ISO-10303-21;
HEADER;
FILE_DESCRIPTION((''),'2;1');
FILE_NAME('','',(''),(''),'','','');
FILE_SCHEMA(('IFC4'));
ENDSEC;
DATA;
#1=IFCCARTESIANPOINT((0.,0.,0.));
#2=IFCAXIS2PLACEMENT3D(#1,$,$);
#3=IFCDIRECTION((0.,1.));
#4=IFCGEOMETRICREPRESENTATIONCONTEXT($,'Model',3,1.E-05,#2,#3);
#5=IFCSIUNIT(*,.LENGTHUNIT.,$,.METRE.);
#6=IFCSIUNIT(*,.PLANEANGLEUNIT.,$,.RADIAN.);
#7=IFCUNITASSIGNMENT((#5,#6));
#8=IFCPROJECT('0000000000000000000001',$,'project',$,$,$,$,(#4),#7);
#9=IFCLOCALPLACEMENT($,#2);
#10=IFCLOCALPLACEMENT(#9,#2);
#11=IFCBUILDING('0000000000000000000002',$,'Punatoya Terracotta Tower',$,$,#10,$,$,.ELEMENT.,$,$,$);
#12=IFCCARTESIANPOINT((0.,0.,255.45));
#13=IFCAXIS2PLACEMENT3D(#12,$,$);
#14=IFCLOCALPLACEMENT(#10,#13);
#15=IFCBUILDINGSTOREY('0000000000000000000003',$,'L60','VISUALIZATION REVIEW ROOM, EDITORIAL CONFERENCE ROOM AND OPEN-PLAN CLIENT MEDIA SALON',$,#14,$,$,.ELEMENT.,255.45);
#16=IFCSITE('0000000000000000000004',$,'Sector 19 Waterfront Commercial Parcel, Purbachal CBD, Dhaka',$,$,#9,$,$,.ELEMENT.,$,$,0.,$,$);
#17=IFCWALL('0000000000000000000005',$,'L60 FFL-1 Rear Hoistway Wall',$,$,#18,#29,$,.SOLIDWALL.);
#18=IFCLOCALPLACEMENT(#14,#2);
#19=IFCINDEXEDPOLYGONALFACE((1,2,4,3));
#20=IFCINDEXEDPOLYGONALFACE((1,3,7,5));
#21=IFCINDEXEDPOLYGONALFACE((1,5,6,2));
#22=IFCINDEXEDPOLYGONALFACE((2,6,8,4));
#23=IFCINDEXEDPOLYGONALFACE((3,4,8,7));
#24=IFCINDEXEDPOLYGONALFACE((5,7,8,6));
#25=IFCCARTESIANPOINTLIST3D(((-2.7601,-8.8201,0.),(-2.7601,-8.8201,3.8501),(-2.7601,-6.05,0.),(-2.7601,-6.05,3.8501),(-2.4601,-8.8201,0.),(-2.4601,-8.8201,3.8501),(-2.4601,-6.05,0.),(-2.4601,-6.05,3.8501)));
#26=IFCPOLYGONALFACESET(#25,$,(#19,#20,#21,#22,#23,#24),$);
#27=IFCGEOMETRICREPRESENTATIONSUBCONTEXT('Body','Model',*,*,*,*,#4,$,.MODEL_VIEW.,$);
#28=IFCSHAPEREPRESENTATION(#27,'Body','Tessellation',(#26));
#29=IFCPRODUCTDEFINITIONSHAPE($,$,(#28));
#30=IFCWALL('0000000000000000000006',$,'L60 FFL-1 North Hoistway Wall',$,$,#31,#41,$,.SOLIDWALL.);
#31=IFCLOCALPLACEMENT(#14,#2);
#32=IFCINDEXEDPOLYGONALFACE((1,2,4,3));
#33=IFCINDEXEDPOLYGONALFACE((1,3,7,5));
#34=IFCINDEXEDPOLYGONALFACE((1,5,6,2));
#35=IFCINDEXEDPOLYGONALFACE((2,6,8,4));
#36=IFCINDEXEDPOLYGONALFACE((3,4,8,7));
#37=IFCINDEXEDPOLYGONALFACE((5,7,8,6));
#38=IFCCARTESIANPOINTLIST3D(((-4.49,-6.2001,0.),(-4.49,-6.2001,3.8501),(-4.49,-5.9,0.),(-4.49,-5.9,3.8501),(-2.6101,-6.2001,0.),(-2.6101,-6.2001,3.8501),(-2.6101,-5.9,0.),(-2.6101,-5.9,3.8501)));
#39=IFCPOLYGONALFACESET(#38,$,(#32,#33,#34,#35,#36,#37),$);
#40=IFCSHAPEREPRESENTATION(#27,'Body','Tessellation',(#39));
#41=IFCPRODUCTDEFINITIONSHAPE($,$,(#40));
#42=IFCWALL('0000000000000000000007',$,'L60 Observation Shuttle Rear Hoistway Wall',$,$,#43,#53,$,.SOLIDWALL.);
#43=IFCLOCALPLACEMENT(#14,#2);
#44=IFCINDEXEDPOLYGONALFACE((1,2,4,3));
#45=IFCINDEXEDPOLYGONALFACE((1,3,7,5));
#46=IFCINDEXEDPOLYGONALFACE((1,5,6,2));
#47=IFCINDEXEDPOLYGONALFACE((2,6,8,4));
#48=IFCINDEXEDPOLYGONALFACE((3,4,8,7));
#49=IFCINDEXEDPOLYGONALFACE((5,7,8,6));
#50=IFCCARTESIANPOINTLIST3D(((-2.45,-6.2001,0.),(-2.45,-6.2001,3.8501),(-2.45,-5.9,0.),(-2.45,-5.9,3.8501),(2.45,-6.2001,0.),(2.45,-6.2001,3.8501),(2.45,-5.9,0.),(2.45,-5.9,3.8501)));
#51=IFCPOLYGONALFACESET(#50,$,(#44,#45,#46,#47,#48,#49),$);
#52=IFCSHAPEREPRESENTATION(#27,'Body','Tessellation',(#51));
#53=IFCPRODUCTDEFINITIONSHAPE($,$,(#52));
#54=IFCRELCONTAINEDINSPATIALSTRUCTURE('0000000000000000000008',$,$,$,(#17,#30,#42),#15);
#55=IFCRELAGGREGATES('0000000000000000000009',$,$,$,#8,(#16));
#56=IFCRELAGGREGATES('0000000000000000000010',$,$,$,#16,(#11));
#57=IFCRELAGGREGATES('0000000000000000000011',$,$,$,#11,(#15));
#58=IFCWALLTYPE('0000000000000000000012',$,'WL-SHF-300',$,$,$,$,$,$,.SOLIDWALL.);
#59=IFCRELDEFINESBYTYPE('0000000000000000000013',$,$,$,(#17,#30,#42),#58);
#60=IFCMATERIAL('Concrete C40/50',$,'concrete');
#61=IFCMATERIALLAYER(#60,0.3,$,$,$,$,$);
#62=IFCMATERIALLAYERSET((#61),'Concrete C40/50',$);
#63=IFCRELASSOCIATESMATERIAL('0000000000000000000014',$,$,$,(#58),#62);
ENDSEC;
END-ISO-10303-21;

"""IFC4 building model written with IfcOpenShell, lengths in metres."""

from ifc_helpers import new_model, si_unit, direction, frame, frame_2d, origin, place, context, subcontext, project, spatial, rectangle, extrude, material, layer, layer_set, type_object, element, save


model = new_model("IFC4")

# Units and contexts
model_context = context("Model", 3, precision=1e-05, world=origin(), true_north=direction((0.0, 1.0)))
body_context = subcontext(model_context, "Body", "Model", "MODEL_VIEW")
ifc_project = project(units=[si_unit("LENGTHUNIT", "METRE"), si_unit("PLANEANGLEUNIT", "RADIAN")], contexts=[model_context])

# Site, building, storey
site_placement = place(None, origin())
site = spatial("IfcSite", under=ifc_project, at=site_placement, Name="Sector 19 Waterfront Commercial Parcel, Purbachal CBD, Dhaka", CompositionType="ELEMENT", RefElevation=0.0)
building_placement = place(site_placement, origin())
building = spatial("IfcBuilding", under=site, at=building_placement, Name="Punatoya Terracotta Tower", CompositionType="ELEMENT")
storey_placement = place(building_placement, frame((0.0, 0.0, 255.45)))
storey = spatial("IfcBuildingStorey", under=building, at=storey_placement, Name="L60", Description="VISUALIZATION REVIEW ROOM, EDITORIAL CONFERENCE ROOM AND OPEN-PLAN CLIENT MEDIA SALON", CompositionType="ELEMENT", Elevation=255.45)

# Shared definitions
ifc_material_1 = material(Name="Concrete C40/50", Category="concrete")

# Shared definitions
ifc_layer_1 = layer(ifc_material_1, 0.3)
ifc_layer_set_1 = layer_set([ifc_layer_1], Name="Concrete C40/50")
wall_type_1 = type_object("IfcWallType", Name="WL-SHF-300", PredefinedType="SOLIDWALL", material=ifc_layer_set_1)

# Walls
wall_1_placement = place(storey_placement, frame((-2.6101, -8.8201, 0.0), z_axis=(0.0, 0.0, 1.0), x_axis=(0.0, 1.0, 0.0)))
element("IfcWall", 1, at=wall_1_placement, inside=storey, type_object=wall_type_1, Name="L60 FFL-1 Rear Hoistway Wall", PredefinedType="SOLIDWALL", context=body_context, shape_type="SweptSolid", body=[
    extrude(rectangle(XDim=2.77, YDim=0.3, at=frame_2d((1.385, 0.0))), origin(), (0.0, 0.0, 1.0), 3.8501),
])
wall_2_placement = place(storey_placement, frame((-4.49, -6.05, 0.0), z_axis=(0.0, 0.0, 1.0), x_axis=(1.0, 0.0, 0.0)))
element("IfcWall", 2, at=wall_2_placement, inside=storey, type_object=wall_type_1, Name="L60 FFL-1 North Hoistway Wall", PredefinedType="SOLIDWALL", context=body_context, shape_type="SweptSolid", body=[
    extrude(rectangle(XDim=1.8799, YDim=0.3, at=frame_2d((0.9399, 0.0))), origin(), (0.0, 0.0, 1.0), 3.8501),
])
wall_3_placement = place(storey_placement, frame((-2.45, -6.05, 0.0), z_axis=(0.0, 0.0, 1.0), x_axis=(1.0, 0.0, 0.0)))
element("IfcWall", 3, at=wall_3_placement, inside=storey, type_object=wall_type_1, Name="L60 Observation Shuttle Rear Hoistway Wall", PredefinedType="SOLIDWALL", context=body_context, shape_type="SweptSolid", body=[
    extrude(rectangle(XDim=4.8999, YDim=0.3, at=frame_2d((2.45, 0.0))), origin(), (0.0, 0.0, 1.0), 3.8501),
])

save(model, "model.ifc")
